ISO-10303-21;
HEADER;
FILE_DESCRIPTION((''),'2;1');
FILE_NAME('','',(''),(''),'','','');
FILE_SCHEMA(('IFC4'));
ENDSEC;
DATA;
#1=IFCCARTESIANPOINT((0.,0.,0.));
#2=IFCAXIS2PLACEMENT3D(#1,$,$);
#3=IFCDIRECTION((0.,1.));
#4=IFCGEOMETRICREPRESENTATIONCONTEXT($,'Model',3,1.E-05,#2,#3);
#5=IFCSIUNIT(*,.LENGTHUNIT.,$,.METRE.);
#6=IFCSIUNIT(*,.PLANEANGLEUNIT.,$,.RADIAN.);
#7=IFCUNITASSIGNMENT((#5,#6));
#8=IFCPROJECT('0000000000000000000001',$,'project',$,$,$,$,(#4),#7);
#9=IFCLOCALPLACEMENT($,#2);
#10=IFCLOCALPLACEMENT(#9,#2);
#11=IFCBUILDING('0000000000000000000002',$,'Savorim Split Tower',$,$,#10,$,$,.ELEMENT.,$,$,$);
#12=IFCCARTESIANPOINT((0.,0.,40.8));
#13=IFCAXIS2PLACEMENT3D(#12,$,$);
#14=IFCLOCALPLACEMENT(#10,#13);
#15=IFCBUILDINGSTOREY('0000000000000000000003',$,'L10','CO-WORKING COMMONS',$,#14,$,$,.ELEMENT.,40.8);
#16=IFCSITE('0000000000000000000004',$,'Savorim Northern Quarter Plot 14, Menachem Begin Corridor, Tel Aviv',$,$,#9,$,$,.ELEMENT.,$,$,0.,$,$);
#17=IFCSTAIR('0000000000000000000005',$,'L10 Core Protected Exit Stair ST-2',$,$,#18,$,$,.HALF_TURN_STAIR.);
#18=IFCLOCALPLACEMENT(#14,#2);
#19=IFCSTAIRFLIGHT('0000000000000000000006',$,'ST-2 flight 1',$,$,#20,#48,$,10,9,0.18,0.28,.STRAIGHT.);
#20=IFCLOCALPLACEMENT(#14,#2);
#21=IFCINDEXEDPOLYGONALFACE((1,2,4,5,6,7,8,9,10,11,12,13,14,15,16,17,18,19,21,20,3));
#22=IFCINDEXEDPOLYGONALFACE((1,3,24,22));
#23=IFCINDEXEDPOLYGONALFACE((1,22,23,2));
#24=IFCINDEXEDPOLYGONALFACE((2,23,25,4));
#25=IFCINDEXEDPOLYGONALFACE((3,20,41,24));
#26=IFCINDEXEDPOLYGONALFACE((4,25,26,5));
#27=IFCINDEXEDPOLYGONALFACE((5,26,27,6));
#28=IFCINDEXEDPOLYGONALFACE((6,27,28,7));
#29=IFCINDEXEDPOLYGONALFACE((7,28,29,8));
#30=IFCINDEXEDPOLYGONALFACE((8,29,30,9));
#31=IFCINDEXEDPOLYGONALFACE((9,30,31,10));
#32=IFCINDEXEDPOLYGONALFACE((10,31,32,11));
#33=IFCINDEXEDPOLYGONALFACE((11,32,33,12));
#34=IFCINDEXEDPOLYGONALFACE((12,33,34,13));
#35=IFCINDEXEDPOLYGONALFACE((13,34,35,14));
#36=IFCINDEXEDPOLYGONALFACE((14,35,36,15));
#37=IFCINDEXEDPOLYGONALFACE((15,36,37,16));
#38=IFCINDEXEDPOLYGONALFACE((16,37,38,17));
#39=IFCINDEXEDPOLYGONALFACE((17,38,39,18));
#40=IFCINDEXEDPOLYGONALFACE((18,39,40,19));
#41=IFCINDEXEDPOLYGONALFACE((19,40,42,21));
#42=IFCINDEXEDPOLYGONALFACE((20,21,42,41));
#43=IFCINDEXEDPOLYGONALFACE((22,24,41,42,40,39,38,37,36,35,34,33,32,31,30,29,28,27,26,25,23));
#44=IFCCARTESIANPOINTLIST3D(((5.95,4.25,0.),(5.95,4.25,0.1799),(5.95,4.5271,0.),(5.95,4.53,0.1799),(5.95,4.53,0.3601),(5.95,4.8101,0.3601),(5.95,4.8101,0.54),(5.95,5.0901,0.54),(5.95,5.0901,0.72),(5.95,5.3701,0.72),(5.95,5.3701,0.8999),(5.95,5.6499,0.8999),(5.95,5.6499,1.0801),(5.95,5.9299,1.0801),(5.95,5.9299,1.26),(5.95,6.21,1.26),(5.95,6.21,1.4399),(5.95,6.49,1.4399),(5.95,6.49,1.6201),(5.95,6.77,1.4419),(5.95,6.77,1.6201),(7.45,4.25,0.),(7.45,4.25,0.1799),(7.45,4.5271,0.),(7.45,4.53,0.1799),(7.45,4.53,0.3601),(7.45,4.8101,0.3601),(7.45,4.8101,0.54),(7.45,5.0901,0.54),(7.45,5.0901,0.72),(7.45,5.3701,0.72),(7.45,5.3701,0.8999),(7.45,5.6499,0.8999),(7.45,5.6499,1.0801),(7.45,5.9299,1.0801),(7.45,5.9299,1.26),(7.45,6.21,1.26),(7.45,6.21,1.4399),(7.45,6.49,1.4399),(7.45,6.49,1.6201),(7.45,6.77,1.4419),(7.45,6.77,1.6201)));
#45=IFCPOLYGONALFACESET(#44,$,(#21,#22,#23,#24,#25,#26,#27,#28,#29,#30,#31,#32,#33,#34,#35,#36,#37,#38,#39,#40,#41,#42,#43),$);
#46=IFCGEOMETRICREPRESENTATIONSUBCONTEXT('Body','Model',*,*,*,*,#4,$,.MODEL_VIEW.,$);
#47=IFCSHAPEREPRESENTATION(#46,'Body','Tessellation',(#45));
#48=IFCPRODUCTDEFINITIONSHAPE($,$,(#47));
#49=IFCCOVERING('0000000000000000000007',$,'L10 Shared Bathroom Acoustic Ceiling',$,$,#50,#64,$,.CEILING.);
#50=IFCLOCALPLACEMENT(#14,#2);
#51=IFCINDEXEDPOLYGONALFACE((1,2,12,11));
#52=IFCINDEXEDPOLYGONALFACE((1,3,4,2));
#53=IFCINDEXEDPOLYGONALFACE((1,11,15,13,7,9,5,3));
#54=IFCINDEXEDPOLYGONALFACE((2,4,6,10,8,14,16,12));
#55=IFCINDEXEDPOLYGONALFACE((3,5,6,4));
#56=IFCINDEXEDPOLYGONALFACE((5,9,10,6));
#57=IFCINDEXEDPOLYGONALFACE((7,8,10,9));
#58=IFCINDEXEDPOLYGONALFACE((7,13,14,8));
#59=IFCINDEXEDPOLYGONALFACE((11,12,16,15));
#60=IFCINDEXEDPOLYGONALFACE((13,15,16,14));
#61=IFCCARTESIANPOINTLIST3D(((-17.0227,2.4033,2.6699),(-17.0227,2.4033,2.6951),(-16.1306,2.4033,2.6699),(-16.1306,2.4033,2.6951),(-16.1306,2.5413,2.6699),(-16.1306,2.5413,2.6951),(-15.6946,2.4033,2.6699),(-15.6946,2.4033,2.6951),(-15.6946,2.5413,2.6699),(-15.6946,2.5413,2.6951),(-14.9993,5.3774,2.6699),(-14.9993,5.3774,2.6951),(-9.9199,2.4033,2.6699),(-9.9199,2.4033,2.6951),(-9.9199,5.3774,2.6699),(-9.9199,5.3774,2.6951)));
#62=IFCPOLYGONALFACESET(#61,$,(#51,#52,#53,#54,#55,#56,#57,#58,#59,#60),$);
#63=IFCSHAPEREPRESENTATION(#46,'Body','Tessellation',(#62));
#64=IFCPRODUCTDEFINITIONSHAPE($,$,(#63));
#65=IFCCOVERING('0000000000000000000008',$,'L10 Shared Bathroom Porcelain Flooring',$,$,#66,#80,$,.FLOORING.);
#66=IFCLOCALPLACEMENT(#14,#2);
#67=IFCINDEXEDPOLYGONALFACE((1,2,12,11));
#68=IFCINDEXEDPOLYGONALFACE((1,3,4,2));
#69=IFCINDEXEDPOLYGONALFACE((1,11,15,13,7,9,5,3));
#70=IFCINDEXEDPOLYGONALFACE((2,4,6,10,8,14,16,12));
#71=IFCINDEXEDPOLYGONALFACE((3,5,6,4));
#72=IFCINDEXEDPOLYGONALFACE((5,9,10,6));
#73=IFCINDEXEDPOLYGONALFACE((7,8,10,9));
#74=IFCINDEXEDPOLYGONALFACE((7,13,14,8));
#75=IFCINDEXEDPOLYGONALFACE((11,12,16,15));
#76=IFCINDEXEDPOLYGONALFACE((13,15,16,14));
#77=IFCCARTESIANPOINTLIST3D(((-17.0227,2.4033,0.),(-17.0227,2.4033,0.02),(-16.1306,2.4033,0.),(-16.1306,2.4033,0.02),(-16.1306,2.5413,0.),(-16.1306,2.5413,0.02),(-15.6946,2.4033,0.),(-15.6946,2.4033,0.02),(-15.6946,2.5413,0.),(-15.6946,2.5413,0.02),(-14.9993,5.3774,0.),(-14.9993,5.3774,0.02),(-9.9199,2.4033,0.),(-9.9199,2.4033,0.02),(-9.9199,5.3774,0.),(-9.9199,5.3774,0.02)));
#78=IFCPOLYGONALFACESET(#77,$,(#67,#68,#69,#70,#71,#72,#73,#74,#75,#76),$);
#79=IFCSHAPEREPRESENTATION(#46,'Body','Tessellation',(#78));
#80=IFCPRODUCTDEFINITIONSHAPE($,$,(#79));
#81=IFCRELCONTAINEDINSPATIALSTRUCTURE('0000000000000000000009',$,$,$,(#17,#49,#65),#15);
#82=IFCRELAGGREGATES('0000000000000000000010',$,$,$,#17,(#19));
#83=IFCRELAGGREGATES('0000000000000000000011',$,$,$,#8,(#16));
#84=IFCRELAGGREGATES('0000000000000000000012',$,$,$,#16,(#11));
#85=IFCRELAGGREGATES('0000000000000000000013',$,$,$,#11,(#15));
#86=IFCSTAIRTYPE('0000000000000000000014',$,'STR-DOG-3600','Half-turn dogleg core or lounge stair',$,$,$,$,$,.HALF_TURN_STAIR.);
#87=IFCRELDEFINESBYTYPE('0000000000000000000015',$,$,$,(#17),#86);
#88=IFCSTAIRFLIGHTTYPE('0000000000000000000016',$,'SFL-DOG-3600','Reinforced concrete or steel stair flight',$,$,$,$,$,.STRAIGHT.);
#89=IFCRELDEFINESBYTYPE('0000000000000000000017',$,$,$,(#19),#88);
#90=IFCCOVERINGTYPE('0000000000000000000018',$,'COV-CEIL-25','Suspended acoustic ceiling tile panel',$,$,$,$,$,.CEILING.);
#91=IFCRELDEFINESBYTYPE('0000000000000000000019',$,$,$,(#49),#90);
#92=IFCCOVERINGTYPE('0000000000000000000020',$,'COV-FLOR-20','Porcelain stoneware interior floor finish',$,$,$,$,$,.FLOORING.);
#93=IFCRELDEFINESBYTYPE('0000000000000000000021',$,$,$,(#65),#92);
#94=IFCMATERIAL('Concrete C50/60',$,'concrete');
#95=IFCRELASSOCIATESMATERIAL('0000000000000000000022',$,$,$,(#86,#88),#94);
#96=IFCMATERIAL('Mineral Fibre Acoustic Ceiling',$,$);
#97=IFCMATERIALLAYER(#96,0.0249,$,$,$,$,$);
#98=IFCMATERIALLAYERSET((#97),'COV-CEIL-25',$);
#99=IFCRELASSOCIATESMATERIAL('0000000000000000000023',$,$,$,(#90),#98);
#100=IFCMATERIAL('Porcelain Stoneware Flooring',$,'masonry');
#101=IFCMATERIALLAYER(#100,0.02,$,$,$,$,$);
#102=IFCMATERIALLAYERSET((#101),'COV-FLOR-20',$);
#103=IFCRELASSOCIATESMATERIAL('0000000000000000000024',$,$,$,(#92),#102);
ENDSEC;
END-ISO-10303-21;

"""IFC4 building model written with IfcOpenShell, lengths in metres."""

from ifc_helpers import new_model, si_unit, direction, frame, origin, place, context, subcontext, project, spatial, polyline, outline, extrude, material, layer, layer_set, type_object, element, aggregate, save


model = new_model("IFC4")

# Units and contexts
model_context = context("Model", 3, precision=1e-05, world=origin(), true_north=direction((0.0, 1.0)))
body_context = subcontext(model_context, "Body", "Model", "MODEL_VIEW")
ifc_project = project(units=[si_unit("LENGTHUNIT", "METRE"), si_unit("PLANEANGLEUNIT", "RADIAN")], contexts=[model_context])

# Site, building, storey
site_placement = place(None, origin())
site = spatial("IfcSite", under=ifc_project, at=site_placement, Name="Savorim Northern Quarter Plot 14, Menachem Begin Corridor, Tel Aviv", CompositionType="ELEMENT", RefElevation=0.0)
building_placement = place(site_placement, origin())
building = spatial("IfcBuilding", under=site, at=building_placement, Name="Savorim Split Tower", CompositionType="ELEMENT")
storey_placement = place(building_placement, frame((0.0, 0.0, 40.8)))
storey = spatial("IfcBuildingStorey", under=building, at=storey_placement, Name="L10", Description="CO-WORKING COMMONS", CompositionType="ELEMENT", Elevation=40.8)

# Shared definitions
ifc_material_1 = material(Name="Concrete C50/60", Category="concrete")

# Stair, stair flight
stair_type = type_object("IfcStairType", Name="STR-DOG-3600", Description="Half-turn dogleg core or lounge stair", PredefinedType="HALF_TURN_STAIR", material=ifc_material_1)
stair_placement = place(storey_placement, origin())
stair = element("IfcStair", 1, at=stair_placement, inside=storey, type_object=stair_type, Name="L10 Core Protected Exit Stair ST-2", PredefinedType="HALF_TURN_STAIR")
stair_flight_type = type_object("IfcStairFlightType", Name="SFL-DOG-3600", Description="Reinforced concrete or steel stair flight", PredefinedType="STRAIGHT", material=ifc_material_1)
stair_flight_placement = place(storey_placement, frame((6.7, 4.25, 0.0), z_axis=(0.0, 0.0, 1.0), x_axis=(0.0, 1.0, 0.0)))
stair_flight = element("IfcStairFlight", 2, at=stair_flight_placement, type_object=stair_flight_type, Name="ST-2 flight 1", NumberOfRisers=10, NumberOfTreads=9, PredefinedType="STRAIGHT", RiserHeight=0.18, TreadLength=0.28, context=body_context, shape_type="SweptSolid", body=[
    extrude(outline(polyline([(0.0, 0.0), (0.0, 0.1799), (0.28, 0.1799), (0.28, 0.3601), (0.5601, 0.3601), (0.5601, 0.54), (0.8401, 0.54), (0.8401, 0.72), (1.1201, 0.72), (1.1201, 0.8999), (1.3999, 0.8999), (1.3999, 1.0801), (1.6799, 1.0801), (1.6799, 1.26), (1.96, 1.26), (1.96, 1.4399), (2.24, 1.4399), (2.24, 1.6201), (2.52, 1.6201), (2.52, 1.8), (2.52, 1.4419), (0.2771, 0.0), (0.0, 0.0)])), frame((0.0, 0.75, 0.0), z_axis=(0.0, -1.0, 0.0), x_axis=(1.0, 0.0, 0.0)), (0.0, 0.0, 1.0), 1.5),
])
aggregate(stair, [stair_flight])

# Coverings
ifc_material_2 = material(Name="Mineral Fibre Acoustic Ceiling")
ifc_layer_1 = layer(ifc_material_2, 0.0249)
ifc_layer_set_1 = layer_set([ifc_layer_1], Name="COV-CEIL-25")
covering_type_1 = type_object("IfcCoveringType", Name="COV-CEIL-25", Description="Suspended acoustic ceiling tile panel", PredefinedType="CEILING", material=ifc_layer_set_1)
covering_1_placement = place(storey_placement, frame((0.0, 0.0, 2.6699)))
element("IfcCovering", 3, at=covering_1_placement, inside=storey, type_object=covering_type_1, Name="L10 Shared Bathroom Acoustic Ceiling", PredefinedType="CEILING", context=body_context, shape_type="SweptSolid", body=[
    extrude(outline(polyline([(-15.6946, 2.5413), (-15.6946, 2.4033), (-9.9199, 2.4033), (-9.9199, 5.3774), (-14.9993, 5.3774), (-17.0227, 2.4033), (-16.1306, 2.4033), (-16.1306, 2.5413), (-15.6946, 2.5413)])), origin(), (0.0, 0.0, 1.0), 0.0251),
])
ifc_material_3 = material(Name="Porcelain Stoneware Flooring", Category="masonry")
ifc_layer_2 = layer(ifc_material_3, 0.02)
ifc_layer_set_2 = layer_set([ifc_layer_2], Name="COV-FLOR-20")
covering_type_2 = type_object("IfcCoveringType", Name="COV-FLOR-20", Description="Porcelain stoneware interior floor finish", PredefinedType="FLOORING", material=ifc_layer_set_2)
covering_2_placement = place(storey_placement, origin())
element("IfcCovering", 4, at=covering_2_placement, inside=storey, type_object=covering_type_2, Name="L10 Shared Bathroom Porcelain Flooring", PredefinedType="FLOORING", context=body_context, shape_type="SweptSolid", body=[
    extrude(outline(polyline([(-15.6946, 2.5413), (-15.6946, 2.4033), (-9.9199, 2.4033), (-9.9199, 5.3774), (-14.9993, 5.3774), (-17.0227, 2.4033), (-16.1306, 2.4033), (-16.1306, 2.5413), (-15.6946, 2.5413)])), origin(), (0.0, 0.0, 1.0), 0.02),
])

save(model, "model.ifc")
